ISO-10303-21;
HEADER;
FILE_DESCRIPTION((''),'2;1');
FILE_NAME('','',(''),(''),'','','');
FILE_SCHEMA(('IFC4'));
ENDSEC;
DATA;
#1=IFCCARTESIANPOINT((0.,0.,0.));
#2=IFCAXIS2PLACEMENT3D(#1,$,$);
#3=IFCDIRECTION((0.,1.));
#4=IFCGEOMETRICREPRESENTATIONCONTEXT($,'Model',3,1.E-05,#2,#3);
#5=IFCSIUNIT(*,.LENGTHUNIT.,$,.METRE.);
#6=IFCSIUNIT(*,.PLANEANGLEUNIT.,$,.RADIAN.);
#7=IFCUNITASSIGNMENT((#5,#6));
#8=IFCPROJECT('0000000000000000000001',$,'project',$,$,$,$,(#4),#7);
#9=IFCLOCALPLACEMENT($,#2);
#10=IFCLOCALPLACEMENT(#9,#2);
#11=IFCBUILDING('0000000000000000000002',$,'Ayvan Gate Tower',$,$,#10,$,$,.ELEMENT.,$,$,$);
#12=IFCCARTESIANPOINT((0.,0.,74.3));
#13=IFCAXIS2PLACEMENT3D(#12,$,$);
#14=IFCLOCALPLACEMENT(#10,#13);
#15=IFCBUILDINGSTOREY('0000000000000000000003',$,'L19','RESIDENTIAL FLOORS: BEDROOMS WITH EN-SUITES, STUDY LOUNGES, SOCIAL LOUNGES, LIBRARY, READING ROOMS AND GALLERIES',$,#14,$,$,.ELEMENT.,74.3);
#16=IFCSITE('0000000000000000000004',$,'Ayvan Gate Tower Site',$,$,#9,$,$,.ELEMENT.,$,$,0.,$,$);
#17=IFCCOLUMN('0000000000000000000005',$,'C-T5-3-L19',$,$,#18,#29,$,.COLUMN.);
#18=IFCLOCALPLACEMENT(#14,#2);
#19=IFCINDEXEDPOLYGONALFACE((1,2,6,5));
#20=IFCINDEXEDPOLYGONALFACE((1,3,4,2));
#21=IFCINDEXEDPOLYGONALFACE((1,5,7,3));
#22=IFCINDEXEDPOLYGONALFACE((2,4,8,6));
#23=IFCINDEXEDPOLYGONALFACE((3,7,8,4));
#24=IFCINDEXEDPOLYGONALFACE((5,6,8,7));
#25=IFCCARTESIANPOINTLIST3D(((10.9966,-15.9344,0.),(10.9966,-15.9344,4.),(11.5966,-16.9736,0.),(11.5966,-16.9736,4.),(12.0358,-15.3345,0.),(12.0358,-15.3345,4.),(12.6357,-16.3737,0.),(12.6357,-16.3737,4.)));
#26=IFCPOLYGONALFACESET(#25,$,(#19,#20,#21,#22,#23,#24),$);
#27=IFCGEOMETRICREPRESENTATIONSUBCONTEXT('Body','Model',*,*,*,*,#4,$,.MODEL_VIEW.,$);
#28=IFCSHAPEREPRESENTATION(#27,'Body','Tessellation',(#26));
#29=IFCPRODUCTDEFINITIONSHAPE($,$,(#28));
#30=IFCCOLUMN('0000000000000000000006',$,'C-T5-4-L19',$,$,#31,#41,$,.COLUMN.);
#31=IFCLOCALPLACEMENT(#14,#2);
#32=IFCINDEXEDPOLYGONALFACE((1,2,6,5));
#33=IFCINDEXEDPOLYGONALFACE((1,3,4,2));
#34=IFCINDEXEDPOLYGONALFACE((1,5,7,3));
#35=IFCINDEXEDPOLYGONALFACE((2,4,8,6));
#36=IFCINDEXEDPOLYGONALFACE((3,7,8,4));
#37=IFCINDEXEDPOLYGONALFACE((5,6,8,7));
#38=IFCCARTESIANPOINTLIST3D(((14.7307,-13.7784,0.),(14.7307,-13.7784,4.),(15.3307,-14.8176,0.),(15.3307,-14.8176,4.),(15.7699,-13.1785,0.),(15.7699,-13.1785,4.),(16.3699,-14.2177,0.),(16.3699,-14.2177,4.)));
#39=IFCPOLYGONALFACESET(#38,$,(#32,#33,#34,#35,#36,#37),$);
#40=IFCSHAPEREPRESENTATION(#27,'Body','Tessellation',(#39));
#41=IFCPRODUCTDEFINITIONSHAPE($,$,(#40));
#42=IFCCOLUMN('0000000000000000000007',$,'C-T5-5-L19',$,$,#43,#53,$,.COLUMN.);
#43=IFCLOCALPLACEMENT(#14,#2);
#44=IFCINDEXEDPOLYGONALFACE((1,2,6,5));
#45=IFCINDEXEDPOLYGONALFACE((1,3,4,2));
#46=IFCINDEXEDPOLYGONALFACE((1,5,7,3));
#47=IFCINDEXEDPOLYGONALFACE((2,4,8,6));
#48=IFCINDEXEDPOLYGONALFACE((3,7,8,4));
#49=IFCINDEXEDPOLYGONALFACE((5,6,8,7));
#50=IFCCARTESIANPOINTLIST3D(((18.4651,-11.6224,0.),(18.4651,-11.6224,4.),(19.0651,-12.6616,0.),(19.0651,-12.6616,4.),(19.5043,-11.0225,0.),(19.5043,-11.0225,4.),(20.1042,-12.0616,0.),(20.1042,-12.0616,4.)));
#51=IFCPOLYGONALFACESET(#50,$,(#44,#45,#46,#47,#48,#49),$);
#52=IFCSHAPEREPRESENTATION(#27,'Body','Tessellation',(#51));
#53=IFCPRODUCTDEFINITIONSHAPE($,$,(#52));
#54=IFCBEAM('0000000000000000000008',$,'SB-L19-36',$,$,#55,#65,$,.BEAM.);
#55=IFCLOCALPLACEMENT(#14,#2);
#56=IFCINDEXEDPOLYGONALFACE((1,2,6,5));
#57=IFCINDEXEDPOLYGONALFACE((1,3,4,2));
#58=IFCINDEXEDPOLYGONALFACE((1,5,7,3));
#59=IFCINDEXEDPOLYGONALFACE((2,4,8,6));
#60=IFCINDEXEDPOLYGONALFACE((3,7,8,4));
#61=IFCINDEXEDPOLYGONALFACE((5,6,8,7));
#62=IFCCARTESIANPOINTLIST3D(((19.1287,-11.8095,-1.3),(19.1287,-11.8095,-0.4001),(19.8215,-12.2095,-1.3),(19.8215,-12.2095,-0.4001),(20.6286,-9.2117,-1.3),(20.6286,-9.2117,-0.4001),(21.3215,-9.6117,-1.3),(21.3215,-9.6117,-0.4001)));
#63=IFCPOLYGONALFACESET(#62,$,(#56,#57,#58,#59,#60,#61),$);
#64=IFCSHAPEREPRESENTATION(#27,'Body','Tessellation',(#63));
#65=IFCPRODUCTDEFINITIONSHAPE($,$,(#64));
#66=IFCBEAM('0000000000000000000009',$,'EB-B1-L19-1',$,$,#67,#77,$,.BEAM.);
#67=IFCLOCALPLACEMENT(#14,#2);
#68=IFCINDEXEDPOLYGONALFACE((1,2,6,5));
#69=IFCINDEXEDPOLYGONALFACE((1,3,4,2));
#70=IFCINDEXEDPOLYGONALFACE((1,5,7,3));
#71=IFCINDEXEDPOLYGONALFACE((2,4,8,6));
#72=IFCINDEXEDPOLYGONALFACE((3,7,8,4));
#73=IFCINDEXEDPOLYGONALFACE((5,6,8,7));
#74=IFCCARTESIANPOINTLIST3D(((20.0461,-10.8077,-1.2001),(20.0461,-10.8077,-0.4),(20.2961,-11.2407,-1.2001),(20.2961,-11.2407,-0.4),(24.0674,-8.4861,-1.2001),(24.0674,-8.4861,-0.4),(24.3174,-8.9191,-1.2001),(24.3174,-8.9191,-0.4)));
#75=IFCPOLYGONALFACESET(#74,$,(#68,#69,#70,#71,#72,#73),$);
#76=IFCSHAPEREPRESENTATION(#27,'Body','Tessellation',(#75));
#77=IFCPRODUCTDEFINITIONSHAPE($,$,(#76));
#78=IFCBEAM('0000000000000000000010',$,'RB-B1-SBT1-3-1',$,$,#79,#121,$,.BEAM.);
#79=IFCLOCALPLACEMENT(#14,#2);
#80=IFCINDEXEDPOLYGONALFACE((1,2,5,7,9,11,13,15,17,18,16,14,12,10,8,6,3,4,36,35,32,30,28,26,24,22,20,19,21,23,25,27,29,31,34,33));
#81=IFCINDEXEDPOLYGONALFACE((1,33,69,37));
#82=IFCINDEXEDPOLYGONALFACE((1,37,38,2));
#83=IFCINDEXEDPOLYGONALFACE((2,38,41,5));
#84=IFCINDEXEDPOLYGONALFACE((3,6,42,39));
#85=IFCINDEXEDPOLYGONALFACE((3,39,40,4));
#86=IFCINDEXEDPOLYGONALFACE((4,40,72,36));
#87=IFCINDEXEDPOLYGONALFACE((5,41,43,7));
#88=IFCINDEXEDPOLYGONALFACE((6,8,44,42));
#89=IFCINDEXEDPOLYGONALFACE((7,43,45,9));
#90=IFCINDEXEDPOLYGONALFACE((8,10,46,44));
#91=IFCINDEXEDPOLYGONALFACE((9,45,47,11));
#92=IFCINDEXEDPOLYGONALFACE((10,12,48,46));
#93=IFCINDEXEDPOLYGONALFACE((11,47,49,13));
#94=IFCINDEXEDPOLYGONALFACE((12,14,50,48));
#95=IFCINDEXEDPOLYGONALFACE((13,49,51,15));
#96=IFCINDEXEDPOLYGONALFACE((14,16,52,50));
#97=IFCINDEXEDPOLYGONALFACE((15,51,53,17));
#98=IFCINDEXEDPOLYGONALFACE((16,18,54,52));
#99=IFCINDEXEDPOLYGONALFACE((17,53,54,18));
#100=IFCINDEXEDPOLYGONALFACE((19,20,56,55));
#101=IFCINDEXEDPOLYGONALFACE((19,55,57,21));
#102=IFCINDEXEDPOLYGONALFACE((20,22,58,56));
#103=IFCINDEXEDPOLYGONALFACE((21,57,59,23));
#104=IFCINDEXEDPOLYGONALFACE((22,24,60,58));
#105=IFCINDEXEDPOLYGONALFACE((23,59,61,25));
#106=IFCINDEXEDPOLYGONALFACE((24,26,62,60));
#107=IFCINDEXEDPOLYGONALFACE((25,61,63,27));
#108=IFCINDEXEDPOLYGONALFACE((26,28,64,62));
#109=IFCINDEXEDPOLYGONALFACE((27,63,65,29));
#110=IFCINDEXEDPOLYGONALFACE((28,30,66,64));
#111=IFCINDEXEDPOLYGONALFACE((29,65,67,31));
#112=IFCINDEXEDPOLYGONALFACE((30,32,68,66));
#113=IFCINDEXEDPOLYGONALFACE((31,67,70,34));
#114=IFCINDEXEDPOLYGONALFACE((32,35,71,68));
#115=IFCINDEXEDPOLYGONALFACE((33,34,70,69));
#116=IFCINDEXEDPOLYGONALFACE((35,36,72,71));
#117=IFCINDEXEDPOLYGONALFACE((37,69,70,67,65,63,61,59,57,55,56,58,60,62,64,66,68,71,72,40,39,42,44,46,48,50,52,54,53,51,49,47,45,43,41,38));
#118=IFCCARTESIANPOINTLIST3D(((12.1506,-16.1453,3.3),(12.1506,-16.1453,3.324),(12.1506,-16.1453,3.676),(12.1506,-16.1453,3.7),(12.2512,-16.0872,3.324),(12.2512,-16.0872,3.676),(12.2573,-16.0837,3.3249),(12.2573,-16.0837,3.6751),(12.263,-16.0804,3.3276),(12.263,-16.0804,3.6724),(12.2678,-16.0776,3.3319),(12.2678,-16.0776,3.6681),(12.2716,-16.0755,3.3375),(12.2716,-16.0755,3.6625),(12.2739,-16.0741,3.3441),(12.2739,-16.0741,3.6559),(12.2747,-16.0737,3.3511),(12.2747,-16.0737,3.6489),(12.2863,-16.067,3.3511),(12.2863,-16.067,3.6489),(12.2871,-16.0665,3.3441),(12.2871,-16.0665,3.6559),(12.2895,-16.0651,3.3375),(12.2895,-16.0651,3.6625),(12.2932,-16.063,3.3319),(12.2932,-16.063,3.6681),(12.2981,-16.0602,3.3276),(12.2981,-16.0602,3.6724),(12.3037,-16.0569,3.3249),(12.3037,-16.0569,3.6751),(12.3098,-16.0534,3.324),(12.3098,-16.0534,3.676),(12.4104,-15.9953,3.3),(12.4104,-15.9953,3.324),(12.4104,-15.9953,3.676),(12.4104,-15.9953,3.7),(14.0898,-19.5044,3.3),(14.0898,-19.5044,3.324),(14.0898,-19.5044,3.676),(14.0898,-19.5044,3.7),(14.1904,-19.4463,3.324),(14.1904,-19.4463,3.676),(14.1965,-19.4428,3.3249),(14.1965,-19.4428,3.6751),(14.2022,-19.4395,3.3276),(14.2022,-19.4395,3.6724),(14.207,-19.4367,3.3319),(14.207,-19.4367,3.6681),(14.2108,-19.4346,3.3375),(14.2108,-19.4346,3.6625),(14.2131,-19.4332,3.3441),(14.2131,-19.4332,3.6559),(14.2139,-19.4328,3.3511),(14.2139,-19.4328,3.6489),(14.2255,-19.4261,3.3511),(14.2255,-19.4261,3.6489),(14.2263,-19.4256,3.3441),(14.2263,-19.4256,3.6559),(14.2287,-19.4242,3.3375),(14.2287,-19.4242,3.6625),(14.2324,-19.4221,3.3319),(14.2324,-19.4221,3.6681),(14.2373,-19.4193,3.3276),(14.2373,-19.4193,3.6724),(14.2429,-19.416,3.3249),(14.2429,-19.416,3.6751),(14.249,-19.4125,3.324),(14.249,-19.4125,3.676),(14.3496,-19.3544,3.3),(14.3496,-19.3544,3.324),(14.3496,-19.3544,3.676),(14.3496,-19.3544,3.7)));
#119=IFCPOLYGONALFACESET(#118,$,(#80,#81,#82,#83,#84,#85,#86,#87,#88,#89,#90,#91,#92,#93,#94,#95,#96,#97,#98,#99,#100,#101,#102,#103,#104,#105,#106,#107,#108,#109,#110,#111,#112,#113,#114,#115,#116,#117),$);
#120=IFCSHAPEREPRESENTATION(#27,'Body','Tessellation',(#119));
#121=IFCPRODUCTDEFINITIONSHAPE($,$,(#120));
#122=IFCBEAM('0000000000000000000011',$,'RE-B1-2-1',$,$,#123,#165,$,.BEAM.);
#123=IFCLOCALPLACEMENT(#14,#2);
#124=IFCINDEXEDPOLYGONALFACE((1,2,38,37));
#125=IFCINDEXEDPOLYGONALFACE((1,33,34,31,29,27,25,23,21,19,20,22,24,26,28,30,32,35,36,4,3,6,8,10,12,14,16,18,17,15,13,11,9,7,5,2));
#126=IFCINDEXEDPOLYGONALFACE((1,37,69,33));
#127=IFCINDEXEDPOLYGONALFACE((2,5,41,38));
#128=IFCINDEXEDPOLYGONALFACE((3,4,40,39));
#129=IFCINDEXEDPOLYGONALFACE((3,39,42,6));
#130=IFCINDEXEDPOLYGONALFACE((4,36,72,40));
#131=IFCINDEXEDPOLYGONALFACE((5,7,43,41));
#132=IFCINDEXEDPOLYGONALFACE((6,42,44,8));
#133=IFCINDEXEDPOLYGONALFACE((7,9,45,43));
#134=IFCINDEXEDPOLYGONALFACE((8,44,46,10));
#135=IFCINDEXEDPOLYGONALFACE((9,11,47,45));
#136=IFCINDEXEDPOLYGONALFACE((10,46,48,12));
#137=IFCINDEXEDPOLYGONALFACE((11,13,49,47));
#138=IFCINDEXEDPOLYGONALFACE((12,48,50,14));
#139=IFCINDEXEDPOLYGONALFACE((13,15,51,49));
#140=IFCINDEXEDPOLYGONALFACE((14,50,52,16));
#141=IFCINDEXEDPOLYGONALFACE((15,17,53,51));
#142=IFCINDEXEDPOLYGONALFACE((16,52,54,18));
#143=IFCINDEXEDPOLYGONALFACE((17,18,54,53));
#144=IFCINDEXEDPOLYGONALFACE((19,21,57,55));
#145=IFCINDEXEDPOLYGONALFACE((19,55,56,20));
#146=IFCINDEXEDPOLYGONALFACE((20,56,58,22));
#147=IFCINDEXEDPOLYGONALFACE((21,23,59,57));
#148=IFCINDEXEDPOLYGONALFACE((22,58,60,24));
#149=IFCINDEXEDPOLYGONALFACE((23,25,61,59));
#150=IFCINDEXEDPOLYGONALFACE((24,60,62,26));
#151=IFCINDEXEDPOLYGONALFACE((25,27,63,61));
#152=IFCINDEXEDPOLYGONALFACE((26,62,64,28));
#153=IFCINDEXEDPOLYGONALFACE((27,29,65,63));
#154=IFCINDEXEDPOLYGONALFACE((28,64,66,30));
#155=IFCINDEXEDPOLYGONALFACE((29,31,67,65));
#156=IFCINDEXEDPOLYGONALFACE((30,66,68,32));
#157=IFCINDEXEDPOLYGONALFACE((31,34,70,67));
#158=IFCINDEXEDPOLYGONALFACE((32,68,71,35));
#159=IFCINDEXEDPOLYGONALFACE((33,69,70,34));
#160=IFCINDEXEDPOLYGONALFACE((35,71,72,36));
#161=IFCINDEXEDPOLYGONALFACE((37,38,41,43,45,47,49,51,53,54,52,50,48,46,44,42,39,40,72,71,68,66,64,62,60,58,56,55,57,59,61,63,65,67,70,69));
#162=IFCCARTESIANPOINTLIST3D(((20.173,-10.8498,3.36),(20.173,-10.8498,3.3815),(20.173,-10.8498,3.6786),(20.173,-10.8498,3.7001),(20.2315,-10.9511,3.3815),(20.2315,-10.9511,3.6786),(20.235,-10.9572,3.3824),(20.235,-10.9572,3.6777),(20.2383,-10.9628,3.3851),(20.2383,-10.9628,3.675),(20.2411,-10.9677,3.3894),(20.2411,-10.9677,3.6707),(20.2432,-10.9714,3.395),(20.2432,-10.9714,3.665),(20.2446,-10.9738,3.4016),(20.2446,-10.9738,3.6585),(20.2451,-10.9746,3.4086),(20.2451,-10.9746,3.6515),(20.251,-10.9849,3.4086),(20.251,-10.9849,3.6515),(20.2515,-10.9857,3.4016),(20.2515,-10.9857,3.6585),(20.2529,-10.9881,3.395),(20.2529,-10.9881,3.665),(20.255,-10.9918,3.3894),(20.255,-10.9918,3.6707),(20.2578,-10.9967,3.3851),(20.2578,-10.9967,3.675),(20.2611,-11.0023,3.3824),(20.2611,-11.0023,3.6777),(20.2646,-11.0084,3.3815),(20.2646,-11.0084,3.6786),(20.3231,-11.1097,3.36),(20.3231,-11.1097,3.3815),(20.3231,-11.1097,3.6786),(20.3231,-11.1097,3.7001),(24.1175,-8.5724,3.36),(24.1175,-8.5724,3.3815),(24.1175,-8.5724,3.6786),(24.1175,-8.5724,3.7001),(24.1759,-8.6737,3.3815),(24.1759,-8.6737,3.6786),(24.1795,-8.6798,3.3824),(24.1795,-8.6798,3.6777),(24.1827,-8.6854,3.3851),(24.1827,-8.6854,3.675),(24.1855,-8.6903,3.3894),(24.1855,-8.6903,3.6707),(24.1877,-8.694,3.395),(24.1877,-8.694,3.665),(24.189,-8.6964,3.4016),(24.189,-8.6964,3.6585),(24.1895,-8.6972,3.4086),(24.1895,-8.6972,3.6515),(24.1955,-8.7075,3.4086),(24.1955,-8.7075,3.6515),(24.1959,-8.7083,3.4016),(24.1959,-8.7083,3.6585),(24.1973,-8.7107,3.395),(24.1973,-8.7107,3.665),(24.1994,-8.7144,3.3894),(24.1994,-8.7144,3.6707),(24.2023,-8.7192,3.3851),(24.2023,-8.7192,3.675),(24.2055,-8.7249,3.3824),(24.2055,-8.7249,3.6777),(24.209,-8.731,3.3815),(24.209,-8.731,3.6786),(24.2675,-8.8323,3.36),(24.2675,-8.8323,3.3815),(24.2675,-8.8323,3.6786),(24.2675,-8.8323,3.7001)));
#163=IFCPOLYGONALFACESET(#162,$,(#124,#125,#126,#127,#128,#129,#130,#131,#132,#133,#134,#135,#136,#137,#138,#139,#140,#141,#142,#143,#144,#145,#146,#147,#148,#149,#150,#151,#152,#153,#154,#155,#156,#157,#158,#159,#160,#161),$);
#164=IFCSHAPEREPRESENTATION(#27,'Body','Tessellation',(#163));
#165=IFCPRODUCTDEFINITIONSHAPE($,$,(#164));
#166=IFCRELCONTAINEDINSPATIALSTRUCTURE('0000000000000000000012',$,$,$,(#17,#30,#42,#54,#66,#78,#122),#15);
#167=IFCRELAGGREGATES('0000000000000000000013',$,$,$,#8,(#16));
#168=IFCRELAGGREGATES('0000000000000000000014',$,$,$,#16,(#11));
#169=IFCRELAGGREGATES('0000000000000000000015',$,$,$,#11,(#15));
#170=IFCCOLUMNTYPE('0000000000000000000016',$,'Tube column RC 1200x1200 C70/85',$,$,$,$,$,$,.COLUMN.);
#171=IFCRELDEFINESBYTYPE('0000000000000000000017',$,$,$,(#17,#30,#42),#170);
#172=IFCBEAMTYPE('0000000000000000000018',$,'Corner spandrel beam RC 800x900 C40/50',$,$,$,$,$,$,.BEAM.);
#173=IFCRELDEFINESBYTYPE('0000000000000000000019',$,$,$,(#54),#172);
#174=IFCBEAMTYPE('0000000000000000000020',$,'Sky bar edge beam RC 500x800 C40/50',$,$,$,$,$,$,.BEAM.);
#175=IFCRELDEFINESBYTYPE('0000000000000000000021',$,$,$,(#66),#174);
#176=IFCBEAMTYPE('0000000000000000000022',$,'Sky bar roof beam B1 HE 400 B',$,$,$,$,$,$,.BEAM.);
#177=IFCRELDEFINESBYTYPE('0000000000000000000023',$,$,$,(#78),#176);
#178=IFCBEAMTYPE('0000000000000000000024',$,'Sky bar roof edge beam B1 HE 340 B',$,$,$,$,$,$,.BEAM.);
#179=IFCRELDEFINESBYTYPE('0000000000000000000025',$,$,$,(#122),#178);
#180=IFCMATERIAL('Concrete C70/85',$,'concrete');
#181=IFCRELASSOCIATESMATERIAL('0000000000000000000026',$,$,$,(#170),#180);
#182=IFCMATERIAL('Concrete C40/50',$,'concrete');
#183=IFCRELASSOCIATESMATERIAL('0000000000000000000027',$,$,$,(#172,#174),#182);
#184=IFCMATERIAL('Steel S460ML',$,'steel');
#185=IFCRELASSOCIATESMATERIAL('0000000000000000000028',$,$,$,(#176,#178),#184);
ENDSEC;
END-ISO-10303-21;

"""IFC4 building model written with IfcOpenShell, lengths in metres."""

from ifc_helpers import new_model, si_unit, direction, frame, origin, origin_2d, place, context, subcontext, project, spatial, rectangle, i_section, extrude, material, material_profile, profile_set, type_object, element, save


model = new_model("IFC4")

# Units and contexts
model_context = context("Model", 3, precision=1e-05, world=origin(), true_north=direction((0.0, 1.0)))
body_context = subcontext(model_context, "Body", "Model", "MODEL_VIEW")
ifc_project = project(units=[si_unit("LENGTHUNIT", "METRE"), si_unit("PLANEANGLEUNIT", "RADIAN")], contexts=[model_context])

# Site, building, storey
site_placement = place(None, origin())
site = spatial("IfcSite", under=ifc_project, at=site_placement, Name="Ayvan Gate Tower Site", CompositionType="ELEMENT", RefElevation=0.0)
building_placement = place(site_placement, origin())
building = spatial("IfcBuilding", under=site, at=building_placement, Name="Ayvan Gate Tower", CompositionType="ELEMENT")
storey_placement = place(building_placement, frame((0.0, 0.0, 74.3)))
storey = spatial("IfcBuildingStorey", under=building, at=storey_placement, Name="L19", Description="RESIDENTIAL FLOORS: BEDROOMS WITH EN-SUITES, STUDY LOUNGES, SOCIAL LOUNGES, LIBRARY, READING ROOMS AND GALLERIES", CompositionType="ELEMENT", Elevation=74.3)

# Columns
ifc_material_1 = material(Name="Concrete C70/85", Category="concrete")
ifc_material_profile_1 = material_profile(ifc_material_1, rectangle(XDim=1.2, YDim=1.2, at=origin_2d()), Name="RC 1200x1200")
ifc_profile_set_1 = profile_set([ifc_material_profile_1], Name="Concrete C70/85")
column_type = type_object("IfcColumnType", Name="Tube column RC 1200x1200 C70/85", PredefinedType="COLUMN", material=ifc_profile_set_1)
for number, where, z_axis, x_axis, name in (
    (1, (11.8162, -16.1541, 0.0), (0.0, 0.0, 1.0), (0.5, -0.866025, 0.0), "C-T5-3-L19"),
    (2, (15.5503, -13.998, 0.0), (0.0, 0.0, 1.0), (0.5, -0.866025, 0.0), "C-T5-4-L19"),
    (3, (19.2847, -11.842, 0.0), (0.0, 0.0, 1.0), (0.5, -0.866025, 0.0), "C-T5-5-L19"),
):
    element("IfcColumn", number, at=place(storey_placement, frame(where, z_axis=z_axis, x_axis=x_axis)), inside=storey, type_object=column_type, Name=name, PredefinedType="COLUMN", context=body_context, shape_type="SweptSolid", body=[
        extrude(rectangle(XDim=1.2, YDim=1.2, at=origin_2d()), origin(), (0.0, 0.0, 1.0), 4.0),
    ])

# Beams
ifc_material_2 = material(Name="Concrete C40/50", Category="concrete")
ifc_material_profile_2 = material_profile(ifc_material_2, rectangle(XDim=0.8, YDim=0.8999, at=origin_2d()), Name="RC 800x900")
ifc_profile_set_2 = profile_set([ifc_material_profile_2], Name="Concrete C40/50")
beam_type_1 = type_object("IfcBeamType", Name="Corner spandrel beam RC 800x900 C40/50", PredefinedType="BEAM", material=ifc_profile_set_2)
beam_1_placement = place(storey_placement, frame((19.4751, -12.0095, -0.8501), z_axis=(0.500025, 0.866011, 0.0), x_axis=(-0.866011, 0.500025, 0.0)))
element("IfcBeam", 4, at=beam_1_placement, inside=storey, type_object=beam_type_1, Name="SB-L19-36", PredefinedType="BEAM", context=body_context, shape_type="SweptSolid", body=[
    extrude(rectangle(XDim=0.8, YDim=0.8999, at=origin_2d()), origin(), (0.0, 0.0, 1.0), 2.9998),
])
ifc_material_profile_3 = material_profile(ifc_material_2, rectangle(XDim=0.5, YDim=0.8, at=origin_2d()), Name="RC 500x800")
ifc_profile_set_3 = profile_set([ifc_material_profile_3], Name="Concrete C40/50")
beam_type_2 = type_object("IfcBeamType", Name="Sky bar edge beam RC 500x800 C40/50", PredefinedType="BEAM", material=ifc_profile_set_3)
beam_2_placement = place(storey_placement, frame((20.1711, -11.0242, -0.8), z_axis=(0.866038, 0.499979, 0.0), x_axis=(-0.499979, 0.866038, 0.0)))
element("IfcBeam", 5, at=beam_2_placement, inside=storey, type_object=beam_type_2, Name="EB-B1-L19-1", PredefinedType="BEAM", context=body_context, shape_type="SweptSolid", body=[
    extrude(rectangle(XDim=0.5, YDim=0.8, at=origin_2d()), origin(), (0.0, 0.0, 1.0), 4.6433),
])
ifc_material_3 = material(Name="Steel S460ML", Category="steel")
ifc_material_profile_4 = material_profile(ifc_material_3, i_section(OverallWidth=0.3, OverallDepth=0.3999, WebThickness=0.0134, FlangeThickness=0.0239, FilletRadius=0.0271, at=origin_2d()), Name="HE 400 B")
ifc_profile_set_4 = profile_set([ifc_material_profile_4], Name="Steel S460ML")
beam_type_3 = type_object("IfcBeamType", Name="Sky bar roof beam B1 HE 400 B", PredefinedType="BEAM", material=ifc_profile_set_4)
beam_3_placement = place(storey_placement, frame((12.2805, -16.0703, 3.5), z_axis=(0.499964, -0.866046, 0.0), x_axis=(0.866046, 0.499964, 0.0)))
element("IfcBeam", 6, at=beam_3_placement, inside=storey, type_object=beam_type_3, Name="RB-B1-SBT1-3-1", PredefinedType="BEAM", context=body_context, shape_type="SweptSolid", body=[
    extrude(i_section(OverallWidth=0.3, OverallDepth=0.3999, WebThickness=0.0134, FlangeThickness=0.0239, FilletRadius=0.0271, at=origin_2d()), origin(), (0.0, 0.0, 1.0), 3.8787),
])
ifc_material_profile_5 = material_profile(ifc_material_3, i_section(OverallWidth=0.3, OverallDepth=0.3401, WebThickness=0.012, FlangeThickness=0.0215, FilletRadius=0.0271, at=origin_2d()), Name="HE 340 B")
ifc_profile_set_5 = profile_set([ifc_material_profile_5], Name="Steel S460ML")
beam_type_4 = type_object("IfcBeamType", Name="Sky bar roof edge beam B1 HE 340 B", PredefinedType="BEAM", material=ifc_profile_set_5)
beam_4_placement = place(storey_placement, frame((20.248, -10.9797, 3.53), z_axis=(0.866018, 0.500013, 0.0), x_axis=(-0.500013, 0.866018, 0.0)))
element("IfcBeam", 7, at=beam_4_placement, inside=storey, type_object=beam_type_4, Name="RE-B1-2-1", PredefinedType="BEAM", context=body_context, shape_type="SweptSolid", body=[
    extrude(i_section(OverallWidth=0.3, OverallDepth=0.3401, WebThickness=0.012, FlangeThickness=0.0215, FilletRadius=0.0271, at=origin_2d()), origin(), (0.0, 0.0, 1.0), 4.5547),
])

save(model, "model.ifc")
